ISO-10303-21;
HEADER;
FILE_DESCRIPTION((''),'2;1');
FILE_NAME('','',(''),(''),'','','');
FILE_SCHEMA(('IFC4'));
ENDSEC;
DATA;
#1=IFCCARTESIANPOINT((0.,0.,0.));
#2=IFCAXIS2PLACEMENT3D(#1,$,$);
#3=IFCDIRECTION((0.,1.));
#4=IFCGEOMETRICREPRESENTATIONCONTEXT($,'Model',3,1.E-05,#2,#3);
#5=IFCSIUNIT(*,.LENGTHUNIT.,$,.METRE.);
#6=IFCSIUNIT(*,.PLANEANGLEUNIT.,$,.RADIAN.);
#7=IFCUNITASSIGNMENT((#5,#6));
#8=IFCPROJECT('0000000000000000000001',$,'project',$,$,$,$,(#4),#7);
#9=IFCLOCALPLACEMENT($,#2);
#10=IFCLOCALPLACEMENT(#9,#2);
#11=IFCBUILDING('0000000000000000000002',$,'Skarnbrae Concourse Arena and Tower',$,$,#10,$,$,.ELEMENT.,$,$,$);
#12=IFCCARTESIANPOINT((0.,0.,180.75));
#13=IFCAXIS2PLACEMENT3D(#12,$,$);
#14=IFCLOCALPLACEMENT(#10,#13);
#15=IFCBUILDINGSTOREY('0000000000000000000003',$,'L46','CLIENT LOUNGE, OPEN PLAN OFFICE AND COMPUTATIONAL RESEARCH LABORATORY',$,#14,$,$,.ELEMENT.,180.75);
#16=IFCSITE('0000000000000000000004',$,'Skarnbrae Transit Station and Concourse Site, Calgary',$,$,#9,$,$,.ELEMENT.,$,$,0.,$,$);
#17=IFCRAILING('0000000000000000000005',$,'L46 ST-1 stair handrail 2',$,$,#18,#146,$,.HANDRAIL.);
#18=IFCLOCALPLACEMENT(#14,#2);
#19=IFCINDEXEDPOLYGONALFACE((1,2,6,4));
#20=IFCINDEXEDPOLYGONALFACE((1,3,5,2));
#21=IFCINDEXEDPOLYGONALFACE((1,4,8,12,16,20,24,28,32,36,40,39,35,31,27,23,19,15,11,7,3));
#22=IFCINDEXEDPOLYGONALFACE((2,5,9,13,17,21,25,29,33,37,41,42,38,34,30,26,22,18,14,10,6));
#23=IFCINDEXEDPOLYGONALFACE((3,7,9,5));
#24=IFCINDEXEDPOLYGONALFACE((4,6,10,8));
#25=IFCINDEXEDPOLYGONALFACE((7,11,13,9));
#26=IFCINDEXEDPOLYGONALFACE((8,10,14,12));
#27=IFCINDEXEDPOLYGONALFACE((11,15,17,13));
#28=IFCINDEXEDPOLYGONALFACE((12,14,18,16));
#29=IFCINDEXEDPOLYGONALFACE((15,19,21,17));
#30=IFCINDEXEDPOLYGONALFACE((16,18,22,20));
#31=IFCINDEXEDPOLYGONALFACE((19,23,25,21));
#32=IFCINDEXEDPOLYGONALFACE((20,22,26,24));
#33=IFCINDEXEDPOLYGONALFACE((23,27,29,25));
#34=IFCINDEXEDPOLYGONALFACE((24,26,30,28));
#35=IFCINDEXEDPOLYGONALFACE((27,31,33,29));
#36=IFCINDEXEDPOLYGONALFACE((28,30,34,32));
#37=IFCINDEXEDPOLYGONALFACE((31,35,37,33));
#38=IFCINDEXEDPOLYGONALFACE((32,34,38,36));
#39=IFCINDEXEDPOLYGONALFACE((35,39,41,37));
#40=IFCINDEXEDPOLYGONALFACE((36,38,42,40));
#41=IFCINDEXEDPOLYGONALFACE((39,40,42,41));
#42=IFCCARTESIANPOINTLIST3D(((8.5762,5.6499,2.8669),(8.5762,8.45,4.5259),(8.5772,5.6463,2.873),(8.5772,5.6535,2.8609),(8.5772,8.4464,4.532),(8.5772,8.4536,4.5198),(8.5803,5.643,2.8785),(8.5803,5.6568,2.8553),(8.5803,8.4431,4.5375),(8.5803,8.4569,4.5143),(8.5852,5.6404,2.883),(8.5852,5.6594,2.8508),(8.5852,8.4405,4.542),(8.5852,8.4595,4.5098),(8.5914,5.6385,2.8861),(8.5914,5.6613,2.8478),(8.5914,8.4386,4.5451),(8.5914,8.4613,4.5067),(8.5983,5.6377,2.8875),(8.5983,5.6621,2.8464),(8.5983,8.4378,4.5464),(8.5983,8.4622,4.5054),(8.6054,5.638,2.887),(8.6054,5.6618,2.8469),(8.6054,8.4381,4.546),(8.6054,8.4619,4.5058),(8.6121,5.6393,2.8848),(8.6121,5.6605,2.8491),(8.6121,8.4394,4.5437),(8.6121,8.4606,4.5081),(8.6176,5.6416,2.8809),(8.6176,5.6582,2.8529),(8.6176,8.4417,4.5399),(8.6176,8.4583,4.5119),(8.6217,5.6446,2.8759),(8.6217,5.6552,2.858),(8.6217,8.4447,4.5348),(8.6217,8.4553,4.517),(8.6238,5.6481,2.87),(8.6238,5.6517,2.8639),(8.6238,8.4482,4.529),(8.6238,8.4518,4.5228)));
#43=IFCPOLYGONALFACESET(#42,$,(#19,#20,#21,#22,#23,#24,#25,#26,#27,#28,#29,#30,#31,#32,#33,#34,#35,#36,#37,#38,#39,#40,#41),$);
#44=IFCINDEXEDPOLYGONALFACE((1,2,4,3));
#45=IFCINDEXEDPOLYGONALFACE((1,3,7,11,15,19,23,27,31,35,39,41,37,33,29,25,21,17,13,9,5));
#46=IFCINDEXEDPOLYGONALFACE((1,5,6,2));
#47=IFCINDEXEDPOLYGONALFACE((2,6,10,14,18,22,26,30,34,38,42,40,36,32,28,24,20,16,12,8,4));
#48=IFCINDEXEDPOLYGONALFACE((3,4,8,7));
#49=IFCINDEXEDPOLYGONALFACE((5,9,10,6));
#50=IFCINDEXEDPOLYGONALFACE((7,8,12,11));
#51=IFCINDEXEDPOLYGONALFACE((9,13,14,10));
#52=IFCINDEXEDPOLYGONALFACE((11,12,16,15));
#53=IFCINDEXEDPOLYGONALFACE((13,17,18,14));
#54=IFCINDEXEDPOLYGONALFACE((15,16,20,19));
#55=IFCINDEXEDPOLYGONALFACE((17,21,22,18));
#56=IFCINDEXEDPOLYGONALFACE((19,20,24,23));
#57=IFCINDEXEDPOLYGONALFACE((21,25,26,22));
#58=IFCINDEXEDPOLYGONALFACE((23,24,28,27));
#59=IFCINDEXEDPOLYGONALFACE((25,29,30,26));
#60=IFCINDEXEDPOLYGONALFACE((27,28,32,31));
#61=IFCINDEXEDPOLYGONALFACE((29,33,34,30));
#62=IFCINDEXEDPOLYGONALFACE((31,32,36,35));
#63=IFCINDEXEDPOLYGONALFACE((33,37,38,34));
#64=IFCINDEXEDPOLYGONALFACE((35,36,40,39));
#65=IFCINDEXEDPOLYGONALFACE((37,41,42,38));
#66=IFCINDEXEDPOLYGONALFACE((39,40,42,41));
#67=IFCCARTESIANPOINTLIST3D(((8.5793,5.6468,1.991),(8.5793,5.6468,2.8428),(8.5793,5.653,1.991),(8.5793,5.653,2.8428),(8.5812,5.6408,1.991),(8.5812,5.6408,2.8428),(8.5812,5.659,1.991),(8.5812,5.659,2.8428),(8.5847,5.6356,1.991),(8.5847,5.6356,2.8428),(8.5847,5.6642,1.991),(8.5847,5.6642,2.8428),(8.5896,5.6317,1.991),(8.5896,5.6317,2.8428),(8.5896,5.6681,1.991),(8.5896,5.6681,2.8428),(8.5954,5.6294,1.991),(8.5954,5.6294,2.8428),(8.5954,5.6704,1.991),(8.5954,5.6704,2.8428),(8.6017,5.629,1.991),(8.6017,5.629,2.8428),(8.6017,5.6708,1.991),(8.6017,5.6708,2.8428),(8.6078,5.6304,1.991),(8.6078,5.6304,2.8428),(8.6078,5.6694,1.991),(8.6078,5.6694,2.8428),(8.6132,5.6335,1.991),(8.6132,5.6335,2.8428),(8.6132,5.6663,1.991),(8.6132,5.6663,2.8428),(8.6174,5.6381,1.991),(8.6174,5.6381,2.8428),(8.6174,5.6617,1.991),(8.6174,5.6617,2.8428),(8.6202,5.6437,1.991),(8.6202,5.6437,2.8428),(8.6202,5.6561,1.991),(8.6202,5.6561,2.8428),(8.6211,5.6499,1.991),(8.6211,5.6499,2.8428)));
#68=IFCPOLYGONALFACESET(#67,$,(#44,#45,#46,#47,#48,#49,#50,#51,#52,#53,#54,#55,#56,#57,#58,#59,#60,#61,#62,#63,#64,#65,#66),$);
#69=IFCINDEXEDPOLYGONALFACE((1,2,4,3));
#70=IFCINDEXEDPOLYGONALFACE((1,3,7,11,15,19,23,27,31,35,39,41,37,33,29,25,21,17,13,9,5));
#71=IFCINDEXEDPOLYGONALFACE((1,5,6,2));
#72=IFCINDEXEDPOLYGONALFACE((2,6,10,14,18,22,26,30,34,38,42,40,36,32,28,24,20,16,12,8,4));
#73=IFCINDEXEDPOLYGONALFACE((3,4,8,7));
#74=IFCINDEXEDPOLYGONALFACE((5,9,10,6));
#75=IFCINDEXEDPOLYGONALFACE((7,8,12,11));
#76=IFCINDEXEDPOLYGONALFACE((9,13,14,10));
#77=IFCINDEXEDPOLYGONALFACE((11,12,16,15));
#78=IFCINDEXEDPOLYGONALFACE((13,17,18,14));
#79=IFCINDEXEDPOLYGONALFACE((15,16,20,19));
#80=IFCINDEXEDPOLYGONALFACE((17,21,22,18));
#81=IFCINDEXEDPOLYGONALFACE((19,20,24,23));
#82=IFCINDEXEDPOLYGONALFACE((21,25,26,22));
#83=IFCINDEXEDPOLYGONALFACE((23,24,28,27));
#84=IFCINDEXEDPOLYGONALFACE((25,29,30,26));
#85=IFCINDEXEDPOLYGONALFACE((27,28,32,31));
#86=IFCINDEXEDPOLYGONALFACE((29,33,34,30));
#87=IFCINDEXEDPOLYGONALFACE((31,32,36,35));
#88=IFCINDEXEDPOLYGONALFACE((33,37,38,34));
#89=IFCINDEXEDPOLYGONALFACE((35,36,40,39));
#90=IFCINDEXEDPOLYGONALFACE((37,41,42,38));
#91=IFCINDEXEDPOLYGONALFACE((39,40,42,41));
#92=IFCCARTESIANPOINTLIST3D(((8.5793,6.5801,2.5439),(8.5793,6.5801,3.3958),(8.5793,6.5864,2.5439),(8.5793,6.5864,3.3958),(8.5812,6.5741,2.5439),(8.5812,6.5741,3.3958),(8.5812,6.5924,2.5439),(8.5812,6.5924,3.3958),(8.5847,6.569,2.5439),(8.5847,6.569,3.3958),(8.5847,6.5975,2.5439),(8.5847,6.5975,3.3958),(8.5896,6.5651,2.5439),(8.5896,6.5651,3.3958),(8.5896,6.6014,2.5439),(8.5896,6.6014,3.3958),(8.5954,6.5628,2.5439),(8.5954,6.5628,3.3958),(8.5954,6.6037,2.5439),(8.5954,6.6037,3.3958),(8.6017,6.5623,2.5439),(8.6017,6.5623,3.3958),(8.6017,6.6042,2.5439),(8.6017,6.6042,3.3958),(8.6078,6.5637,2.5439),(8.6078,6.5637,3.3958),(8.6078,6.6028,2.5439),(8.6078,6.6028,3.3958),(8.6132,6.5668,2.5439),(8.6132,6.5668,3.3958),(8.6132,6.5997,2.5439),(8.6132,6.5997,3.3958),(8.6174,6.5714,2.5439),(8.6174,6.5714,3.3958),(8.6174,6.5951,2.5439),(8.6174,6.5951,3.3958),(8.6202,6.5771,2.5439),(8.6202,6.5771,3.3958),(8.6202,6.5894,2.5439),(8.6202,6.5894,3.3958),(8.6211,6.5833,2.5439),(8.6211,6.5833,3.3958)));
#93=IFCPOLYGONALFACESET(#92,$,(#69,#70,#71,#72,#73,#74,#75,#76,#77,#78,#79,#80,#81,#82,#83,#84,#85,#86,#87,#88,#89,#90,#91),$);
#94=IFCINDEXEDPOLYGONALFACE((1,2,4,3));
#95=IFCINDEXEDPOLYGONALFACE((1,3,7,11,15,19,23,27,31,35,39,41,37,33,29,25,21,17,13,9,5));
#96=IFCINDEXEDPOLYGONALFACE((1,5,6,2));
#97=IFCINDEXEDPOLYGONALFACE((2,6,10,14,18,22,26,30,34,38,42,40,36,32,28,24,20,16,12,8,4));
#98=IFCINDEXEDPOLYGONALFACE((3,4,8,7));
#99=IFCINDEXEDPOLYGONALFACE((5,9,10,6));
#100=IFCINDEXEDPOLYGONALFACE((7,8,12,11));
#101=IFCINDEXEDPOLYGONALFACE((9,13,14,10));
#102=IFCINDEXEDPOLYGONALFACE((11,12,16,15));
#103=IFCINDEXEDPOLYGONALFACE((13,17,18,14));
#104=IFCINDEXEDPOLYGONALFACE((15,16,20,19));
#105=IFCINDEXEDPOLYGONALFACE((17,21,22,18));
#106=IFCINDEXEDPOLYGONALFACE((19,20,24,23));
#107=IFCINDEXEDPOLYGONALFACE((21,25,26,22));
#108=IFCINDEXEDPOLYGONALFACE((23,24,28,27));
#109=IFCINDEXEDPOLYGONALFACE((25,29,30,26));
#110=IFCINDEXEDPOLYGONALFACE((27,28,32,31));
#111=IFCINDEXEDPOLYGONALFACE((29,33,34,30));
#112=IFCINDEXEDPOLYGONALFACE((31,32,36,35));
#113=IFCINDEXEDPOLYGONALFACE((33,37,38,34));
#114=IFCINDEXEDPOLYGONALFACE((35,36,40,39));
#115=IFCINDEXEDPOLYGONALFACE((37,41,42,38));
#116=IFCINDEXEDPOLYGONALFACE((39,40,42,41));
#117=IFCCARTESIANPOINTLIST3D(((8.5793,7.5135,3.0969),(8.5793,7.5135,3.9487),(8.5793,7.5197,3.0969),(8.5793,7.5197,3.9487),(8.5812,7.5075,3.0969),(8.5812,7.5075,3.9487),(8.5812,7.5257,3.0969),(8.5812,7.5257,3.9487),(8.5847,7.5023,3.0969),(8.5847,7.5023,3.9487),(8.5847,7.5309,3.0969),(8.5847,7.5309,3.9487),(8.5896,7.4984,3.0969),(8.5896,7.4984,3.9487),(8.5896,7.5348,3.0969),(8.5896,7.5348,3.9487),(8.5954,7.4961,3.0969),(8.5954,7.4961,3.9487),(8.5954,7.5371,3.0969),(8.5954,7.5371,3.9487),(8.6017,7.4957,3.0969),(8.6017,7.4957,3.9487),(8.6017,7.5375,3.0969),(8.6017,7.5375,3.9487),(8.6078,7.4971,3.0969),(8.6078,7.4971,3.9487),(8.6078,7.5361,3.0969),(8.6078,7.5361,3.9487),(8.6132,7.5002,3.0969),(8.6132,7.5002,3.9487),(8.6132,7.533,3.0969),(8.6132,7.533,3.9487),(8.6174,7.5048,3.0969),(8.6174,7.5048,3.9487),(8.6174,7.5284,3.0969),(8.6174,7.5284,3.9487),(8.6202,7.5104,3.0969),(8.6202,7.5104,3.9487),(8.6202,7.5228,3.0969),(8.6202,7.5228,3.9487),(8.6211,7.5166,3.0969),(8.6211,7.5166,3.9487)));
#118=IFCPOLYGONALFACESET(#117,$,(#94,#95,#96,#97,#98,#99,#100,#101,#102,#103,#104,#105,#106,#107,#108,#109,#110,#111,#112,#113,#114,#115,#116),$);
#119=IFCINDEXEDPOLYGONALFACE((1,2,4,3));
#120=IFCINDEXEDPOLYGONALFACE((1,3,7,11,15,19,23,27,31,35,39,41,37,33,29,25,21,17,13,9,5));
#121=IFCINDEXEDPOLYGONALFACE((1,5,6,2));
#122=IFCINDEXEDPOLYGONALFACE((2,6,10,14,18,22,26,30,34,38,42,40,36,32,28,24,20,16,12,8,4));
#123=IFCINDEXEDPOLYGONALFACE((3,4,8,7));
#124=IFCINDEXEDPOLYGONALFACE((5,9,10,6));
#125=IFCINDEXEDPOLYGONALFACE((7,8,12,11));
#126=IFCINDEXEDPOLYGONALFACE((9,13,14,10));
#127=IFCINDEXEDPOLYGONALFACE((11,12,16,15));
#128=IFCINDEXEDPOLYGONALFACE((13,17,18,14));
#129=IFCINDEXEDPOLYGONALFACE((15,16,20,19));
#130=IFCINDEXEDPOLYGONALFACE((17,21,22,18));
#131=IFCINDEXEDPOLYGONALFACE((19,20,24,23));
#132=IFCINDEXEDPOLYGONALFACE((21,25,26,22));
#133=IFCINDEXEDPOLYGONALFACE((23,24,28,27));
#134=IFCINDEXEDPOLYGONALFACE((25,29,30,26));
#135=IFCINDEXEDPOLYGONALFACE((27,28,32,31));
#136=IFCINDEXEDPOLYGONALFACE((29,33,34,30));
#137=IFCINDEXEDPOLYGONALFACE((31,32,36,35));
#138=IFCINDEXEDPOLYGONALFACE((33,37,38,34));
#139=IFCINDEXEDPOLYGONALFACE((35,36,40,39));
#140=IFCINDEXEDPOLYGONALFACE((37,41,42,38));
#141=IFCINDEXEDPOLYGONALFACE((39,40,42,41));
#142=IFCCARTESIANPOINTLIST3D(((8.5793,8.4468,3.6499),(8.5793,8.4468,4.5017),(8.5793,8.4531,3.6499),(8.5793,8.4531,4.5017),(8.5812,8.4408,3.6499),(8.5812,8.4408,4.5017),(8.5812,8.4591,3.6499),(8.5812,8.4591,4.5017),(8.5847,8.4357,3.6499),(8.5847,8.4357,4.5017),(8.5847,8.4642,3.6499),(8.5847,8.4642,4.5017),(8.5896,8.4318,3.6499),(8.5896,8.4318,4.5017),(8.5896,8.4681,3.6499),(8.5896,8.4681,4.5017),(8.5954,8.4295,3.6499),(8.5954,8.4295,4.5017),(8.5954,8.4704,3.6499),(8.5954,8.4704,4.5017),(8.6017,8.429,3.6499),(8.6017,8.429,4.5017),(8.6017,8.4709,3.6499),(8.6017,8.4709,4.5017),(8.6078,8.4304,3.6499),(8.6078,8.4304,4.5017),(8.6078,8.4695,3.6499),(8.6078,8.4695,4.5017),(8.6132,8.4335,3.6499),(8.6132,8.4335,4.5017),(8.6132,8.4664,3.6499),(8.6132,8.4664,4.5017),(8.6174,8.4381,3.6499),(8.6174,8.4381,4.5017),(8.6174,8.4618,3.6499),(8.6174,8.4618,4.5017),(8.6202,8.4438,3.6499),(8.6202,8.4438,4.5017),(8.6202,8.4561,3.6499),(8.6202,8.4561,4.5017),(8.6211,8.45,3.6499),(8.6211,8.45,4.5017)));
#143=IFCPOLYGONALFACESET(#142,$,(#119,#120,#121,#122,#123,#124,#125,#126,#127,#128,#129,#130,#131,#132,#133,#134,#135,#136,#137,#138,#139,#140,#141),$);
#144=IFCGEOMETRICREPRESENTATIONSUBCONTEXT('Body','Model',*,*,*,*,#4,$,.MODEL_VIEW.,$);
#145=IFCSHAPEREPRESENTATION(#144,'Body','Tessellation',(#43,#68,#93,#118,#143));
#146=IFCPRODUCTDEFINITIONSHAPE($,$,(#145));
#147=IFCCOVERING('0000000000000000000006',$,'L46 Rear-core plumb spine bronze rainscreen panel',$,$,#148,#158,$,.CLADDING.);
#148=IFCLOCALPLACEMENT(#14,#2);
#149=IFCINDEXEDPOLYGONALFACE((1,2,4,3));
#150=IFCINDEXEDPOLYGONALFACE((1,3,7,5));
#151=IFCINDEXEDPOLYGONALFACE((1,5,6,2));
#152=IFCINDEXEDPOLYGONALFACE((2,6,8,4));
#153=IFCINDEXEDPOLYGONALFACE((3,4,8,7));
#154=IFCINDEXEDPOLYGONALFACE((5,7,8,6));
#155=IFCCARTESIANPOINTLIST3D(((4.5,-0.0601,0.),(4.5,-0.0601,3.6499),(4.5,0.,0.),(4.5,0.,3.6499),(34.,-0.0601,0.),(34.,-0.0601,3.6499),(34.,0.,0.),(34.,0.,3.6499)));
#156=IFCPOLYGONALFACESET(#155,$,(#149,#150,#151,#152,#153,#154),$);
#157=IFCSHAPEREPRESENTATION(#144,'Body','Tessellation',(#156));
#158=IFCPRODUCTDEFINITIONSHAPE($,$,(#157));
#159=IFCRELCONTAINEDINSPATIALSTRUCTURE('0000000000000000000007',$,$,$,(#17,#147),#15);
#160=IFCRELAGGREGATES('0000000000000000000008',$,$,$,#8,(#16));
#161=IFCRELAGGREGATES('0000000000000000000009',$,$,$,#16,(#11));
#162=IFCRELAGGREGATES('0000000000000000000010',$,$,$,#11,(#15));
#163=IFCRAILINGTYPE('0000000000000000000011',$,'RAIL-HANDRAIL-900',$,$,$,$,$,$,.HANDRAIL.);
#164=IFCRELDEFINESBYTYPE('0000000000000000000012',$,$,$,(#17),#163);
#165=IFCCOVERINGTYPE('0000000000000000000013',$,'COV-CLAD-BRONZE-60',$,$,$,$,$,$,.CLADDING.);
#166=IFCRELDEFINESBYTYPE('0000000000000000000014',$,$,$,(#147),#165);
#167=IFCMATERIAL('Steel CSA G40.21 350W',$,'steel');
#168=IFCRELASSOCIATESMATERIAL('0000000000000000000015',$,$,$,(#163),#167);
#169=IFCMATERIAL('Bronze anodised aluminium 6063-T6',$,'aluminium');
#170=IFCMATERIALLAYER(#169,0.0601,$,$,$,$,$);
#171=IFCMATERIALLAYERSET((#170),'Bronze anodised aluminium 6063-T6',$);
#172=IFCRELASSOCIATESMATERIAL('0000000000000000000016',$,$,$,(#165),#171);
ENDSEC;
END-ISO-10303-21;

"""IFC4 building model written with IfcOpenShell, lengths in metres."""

from ifc_helpers import new_model, si_unit, direction, frame, origin, origin_2d, place, context, subcontext, project, spatial, rectangle, circle, extrude, source, transform, mapped, material, layer, layer_set, type_object, element, save


model = new_model("IFC4")

# Units and contexts
model_context = context("Model", 3, precision=1e-05, world=origin(), true_north=direction((0.0, 1.0)))
body_context = subcontext(model_context, "Body", "Model", "MODEL_VIEW")
ifc_project = project(units=[si_unit("LENGTHUNIT", "METRE"), si_unit("PLANEANGLEUNIT", "RADIAN")], contexts=[model_context])

# Site, building, storey
site_placement = place(None, origin())
site = spatial("IfcSite", under=ifc_project, at=site_placement, Name="Skarnbrae Transit Station and Concourse Site, Calgary", CompositionType="ELEMENT", RefElevation=0.0)
building_placement = place(site_placement, origin())
building = spatial("IfcBuilding", under=site, at=building_placement, Name="Skarnbrae Concourse Arena and Tower", CompositionType="ELEMENT")
storey_placement = place(building_placement, frame((0.0, 0.0, 180.75)))
storey = spatial("IfcBuildingStorey", under=building, at=storey_placement, Name="L46", Description="CLIENT LOUNGE, OPEN PLAN OFFICE AND COMPUTATIONAL RESEARCH LABORATORY", CompositionType="ELEMENT", Elevation=180.75)

# Shared definitions
ifc_material_1 = material(Name="Steel CSA G40.21 350W", Category="steel")

# Shared definitions
ifc_material_2 = material(Name="Bronze anodised aluminium 6063-T6", Category="aluminium")

# Railing
railing_type = type_object("IfcRailingType", Name="RAIL-HANDRAIL-900", PredefinedType="HANDRAIL", material=ifc_material_1)
railing_placement = place(storey_placement, frame((8.6001, 5.6499, 1.991)))
element("IfcRailing", 1, at=railing_placement, inside=storey, type_object=railing_type, Name="L46 ST-1 stair handrail 2", PredefinedType="HANDRAIL", context=body_context, shape_type="SweptSolid", body=[
    extrude(circle(Radius=0.0239, at=origin_2d()), frame((0.0, 0.0, 0.876), z_axis=(0.0, 0.860339, 0.509722), x_axis=(-1.0, 0.0, 0.0)), (0.0, 0.0, 1.0), 3.2546),
    extrude(circle(Radius=0.021, at=origin_2d()), origin(), (0.0, 0.0, 1.0), 0.8518),
    extrude(circle(Radius=0.021, at=origin_2d()), frame((0.0, 0.9333, 0.553)), (0.0, 0.0, 1.0), 0.8518),
    extrude(circle(Radius=0.021, at=origin_2d()), frame((0.0, 1.8667, 1.106)), (0.0, 0.0, 1.0), 0.8518),
    extrude(circle(Radius=0.021, at=origin_2d()), frame((0.0, 2.8, 1.6589)), (0.0, 0.0, 1.0), 0.8518),
])

# Covering
ifc_layer_1 = layer(ifc_material_2, 0.0601)
ifc_layer_set_1 = layer_set([ifc_layer_1], Name="Bronze anodised aluminium 6063-T6")
covering_type = type_object("IfcCoveringType", Name="COV-CLAD-BRONZE-60", PredefinedType="CLADDING", material=ifc_layer_set_1)
shared_shape_1 = source(origin(), body_context, "Body", "SweptSolid", [
    extrude(rectangle(XDim=29.5, YDim=0.0601, at=origin_2d()), origin(), (0.0, 0.0, 1.0), 3.6499),
])
covering_placement = place(storey_placement, frame((19.25, -0.03, 0.0), z_axis=(0.0, 0.0, 1.0), x_axis=(1.0, 0.0, 0.0)))
element("IfcCovering", 2, at=covering_placement, inside=storey, type_object=covering_type, Name="L46 Rear-core plumb spine bronze rainscreen panel", PredefinedType="CLADDING", context=body_context, shape_type="MappedRepresentation", body=[
    mapped(shared_shape_1, transform((0.0, 0.0, 0.0))),
])

save(model, "model.ifc")
